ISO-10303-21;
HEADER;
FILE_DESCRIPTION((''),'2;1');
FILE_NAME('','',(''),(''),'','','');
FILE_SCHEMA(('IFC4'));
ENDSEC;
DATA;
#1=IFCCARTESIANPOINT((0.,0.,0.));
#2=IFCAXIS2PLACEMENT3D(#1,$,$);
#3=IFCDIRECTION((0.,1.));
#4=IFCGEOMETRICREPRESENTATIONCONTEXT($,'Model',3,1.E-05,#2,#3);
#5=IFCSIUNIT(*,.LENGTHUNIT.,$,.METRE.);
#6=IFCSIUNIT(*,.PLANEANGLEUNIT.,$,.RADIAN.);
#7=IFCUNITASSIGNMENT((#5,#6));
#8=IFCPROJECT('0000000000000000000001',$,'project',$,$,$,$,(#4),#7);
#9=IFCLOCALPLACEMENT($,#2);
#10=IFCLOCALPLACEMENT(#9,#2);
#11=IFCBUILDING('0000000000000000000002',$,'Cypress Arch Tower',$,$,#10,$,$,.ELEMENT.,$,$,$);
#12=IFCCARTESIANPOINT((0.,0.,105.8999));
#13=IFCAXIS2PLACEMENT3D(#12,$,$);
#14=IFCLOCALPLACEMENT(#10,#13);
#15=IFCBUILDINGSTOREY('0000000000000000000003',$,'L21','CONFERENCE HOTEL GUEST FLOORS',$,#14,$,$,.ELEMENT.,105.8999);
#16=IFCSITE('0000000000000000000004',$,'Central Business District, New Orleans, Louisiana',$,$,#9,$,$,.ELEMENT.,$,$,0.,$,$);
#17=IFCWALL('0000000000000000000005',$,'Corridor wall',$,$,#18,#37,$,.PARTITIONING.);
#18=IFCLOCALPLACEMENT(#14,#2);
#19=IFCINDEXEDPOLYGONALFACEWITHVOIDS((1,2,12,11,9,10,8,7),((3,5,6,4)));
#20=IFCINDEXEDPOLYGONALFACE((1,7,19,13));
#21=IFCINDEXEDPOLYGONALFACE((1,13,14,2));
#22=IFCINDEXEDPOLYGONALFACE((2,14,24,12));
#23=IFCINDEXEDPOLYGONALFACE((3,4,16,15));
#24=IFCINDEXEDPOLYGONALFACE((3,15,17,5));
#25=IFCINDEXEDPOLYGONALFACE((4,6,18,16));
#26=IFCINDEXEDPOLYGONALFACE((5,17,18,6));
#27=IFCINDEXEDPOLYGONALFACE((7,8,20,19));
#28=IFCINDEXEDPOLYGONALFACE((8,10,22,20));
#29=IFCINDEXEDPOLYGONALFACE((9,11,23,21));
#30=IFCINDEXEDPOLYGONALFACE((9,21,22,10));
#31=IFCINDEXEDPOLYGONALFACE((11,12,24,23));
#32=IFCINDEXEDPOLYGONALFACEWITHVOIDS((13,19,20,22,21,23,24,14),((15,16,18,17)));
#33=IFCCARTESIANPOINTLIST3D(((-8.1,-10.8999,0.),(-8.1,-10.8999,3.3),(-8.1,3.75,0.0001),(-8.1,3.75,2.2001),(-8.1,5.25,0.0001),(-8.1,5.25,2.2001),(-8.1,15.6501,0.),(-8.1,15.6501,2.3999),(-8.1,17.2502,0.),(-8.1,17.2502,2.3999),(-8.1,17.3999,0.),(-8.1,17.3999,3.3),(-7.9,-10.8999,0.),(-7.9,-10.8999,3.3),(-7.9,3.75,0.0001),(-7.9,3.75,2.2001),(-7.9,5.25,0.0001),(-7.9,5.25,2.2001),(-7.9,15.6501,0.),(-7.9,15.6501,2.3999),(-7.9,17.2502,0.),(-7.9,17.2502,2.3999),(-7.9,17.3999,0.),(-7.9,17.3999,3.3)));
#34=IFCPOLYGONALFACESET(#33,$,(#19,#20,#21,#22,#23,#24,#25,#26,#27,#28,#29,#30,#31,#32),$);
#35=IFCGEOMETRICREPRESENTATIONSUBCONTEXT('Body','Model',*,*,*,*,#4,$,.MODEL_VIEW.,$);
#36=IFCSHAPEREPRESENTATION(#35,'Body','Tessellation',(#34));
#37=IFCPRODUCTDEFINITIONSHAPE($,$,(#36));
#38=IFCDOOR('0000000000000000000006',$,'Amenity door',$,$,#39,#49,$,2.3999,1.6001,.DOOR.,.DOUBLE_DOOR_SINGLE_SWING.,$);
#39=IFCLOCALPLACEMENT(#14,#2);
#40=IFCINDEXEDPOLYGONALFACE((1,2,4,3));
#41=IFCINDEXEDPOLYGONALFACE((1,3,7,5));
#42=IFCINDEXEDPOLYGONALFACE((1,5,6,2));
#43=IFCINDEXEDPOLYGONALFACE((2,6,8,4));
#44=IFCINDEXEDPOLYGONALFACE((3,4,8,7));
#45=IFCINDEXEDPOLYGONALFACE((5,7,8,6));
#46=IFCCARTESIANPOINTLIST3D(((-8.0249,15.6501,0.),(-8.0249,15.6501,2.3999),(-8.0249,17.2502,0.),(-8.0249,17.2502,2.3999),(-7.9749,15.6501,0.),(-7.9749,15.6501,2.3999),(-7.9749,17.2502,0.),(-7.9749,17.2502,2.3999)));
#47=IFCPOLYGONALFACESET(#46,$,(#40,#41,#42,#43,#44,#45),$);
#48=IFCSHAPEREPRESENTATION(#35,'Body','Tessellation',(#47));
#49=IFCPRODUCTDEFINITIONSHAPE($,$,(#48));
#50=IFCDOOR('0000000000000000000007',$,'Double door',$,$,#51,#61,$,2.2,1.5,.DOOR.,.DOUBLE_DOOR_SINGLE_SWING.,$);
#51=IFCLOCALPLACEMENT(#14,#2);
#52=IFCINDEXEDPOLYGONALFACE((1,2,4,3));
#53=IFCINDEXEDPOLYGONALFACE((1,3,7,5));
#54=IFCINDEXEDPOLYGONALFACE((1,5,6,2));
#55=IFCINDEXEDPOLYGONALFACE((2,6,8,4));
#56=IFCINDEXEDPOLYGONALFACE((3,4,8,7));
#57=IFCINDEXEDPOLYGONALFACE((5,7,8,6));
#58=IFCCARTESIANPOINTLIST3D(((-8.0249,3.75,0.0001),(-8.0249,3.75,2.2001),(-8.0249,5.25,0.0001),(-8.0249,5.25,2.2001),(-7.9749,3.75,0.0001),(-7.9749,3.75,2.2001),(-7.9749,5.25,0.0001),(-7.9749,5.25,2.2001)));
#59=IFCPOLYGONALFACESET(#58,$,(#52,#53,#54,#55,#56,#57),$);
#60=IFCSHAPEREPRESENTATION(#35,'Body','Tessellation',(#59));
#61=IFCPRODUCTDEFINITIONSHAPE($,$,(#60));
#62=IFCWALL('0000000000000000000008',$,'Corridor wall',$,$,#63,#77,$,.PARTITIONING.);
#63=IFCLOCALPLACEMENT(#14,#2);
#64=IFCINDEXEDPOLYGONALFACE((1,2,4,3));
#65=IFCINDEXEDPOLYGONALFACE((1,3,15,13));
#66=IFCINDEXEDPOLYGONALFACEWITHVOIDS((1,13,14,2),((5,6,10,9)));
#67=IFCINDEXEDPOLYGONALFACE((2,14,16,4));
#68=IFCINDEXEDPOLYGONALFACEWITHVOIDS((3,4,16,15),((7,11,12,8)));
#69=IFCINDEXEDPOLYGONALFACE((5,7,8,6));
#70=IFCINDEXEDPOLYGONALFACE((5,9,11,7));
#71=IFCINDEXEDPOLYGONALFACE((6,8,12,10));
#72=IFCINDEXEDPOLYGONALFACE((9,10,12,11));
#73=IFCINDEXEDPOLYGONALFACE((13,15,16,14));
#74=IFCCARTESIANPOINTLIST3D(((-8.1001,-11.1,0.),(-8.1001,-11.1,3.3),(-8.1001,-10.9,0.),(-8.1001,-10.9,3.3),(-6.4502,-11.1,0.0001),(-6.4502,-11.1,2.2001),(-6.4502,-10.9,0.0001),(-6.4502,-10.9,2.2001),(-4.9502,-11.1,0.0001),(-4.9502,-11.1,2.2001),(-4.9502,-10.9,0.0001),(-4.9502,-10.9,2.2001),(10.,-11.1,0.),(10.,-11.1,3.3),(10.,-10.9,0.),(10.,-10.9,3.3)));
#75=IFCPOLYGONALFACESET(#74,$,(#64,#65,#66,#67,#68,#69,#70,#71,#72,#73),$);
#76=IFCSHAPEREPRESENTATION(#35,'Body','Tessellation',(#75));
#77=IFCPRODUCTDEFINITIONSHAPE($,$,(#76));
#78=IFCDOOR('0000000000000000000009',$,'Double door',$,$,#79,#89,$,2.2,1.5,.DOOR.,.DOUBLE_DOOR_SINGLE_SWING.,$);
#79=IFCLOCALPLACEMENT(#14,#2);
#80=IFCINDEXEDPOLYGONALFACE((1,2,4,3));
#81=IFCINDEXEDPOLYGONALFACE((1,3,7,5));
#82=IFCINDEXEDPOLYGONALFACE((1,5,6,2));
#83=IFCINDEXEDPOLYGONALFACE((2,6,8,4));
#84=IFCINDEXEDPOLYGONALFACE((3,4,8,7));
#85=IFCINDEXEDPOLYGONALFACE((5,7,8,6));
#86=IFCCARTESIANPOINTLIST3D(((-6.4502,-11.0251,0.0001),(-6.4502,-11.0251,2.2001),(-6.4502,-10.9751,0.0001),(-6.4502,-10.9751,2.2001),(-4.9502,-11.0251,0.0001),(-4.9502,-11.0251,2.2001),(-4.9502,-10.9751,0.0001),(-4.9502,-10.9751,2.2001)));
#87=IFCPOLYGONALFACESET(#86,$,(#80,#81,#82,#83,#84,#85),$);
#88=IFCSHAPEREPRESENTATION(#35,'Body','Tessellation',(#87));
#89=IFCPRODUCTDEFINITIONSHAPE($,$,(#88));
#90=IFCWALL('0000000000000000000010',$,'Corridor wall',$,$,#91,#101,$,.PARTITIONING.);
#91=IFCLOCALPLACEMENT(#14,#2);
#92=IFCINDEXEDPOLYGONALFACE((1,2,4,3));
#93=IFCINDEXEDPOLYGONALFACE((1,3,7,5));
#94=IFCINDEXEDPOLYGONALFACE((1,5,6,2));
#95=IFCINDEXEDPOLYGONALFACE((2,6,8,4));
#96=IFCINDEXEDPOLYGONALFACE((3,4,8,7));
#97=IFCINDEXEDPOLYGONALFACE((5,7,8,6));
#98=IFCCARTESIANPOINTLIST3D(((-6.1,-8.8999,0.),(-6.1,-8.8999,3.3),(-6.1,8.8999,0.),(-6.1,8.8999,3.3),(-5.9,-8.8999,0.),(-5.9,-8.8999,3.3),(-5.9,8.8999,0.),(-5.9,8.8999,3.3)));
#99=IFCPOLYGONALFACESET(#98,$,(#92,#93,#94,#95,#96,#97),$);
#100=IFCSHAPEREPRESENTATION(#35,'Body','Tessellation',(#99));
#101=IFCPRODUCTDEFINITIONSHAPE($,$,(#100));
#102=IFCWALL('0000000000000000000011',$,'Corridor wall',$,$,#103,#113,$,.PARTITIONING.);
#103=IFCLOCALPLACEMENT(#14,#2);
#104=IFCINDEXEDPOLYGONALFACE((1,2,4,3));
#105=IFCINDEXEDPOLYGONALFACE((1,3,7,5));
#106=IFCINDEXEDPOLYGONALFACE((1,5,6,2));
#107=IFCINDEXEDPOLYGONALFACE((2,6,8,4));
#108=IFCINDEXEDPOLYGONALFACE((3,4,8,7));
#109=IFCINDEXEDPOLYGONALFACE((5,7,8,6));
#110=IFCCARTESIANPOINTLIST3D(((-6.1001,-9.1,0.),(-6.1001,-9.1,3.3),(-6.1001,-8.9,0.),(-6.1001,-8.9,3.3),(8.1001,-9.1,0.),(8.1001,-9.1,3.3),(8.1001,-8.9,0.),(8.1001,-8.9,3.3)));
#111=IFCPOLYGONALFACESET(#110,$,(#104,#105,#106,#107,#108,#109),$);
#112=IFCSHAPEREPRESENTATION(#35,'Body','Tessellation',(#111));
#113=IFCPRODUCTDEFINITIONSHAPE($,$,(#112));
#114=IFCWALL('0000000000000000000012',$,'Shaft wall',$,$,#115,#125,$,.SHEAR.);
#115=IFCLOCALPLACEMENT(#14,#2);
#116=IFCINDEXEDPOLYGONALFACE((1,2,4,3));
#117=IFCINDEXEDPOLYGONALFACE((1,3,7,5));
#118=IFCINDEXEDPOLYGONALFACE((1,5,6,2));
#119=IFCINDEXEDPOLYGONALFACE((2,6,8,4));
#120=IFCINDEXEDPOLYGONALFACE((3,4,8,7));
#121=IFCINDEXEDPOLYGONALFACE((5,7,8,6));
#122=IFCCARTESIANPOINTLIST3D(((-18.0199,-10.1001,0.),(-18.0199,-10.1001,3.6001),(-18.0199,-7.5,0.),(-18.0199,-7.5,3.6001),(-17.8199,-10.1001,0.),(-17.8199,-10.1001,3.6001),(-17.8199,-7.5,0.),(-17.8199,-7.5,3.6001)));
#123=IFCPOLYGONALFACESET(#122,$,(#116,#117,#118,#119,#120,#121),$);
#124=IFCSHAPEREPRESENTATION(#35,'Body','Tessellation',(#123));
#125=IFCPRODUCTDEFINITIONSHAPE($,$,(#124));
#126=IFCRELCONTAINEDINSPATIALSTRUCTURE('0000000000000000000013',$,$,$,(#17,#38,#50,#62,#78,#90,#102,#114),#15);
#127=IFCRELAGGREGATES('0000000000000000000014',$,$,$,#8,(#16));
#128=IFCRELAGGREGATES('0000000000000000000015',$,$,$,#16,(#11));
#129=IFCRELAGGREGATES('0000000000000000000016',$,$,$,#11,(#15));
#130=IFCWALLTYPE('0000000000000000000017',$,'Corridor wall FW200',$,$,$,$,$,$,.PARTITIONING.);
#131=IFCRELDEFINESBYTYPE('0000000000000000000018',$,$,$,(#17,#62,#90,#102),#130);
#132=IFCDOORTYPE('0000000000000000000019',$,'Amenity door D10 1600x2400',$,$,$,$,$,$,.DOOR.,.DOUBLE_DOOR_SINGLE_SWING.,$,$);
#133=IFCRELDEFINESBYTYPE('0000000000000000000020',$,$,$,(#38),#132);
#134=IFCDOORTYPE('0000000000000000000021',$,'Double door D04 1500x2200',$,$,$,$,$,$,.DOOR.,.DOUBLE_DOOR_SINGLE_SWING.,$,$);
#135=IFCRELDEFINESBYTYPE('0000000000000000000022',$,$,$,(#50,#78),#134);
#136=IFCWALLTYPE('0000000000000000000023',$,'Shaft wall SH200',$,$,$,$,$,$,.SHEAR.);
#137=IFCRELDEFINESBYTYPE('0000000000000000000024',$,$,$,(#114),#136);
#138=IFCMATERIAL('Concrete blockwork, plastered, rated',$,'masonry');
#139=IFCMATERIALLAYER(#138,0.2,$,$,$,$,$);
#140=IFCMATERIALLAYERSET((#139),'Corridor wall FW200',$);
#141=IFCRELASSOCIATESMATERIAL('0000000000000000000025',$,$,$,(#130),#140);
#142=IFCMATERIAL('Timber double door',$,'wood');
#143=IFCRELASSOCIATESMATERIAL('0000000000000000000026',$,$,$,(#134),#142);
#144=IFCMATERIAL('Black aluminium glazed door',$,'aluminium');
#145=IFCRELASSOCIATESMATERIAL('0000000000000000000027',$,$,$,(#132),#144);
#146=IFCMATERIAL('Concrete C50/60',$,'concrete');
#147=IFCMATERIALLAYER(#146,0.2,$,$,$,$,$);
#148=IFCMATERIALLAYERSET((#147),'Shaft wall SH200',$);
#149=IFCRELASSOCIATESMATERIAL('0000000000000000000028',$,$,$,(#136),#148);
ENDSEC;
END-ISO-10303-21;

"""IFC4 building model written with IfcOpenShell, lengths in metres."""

from ifc_helpers import new_model, si_unit, direction, frame, frame_2d, origin, place, context, subcontext, project, spatial, rectangle, extrude, material, layer, layer_set, type_object, element, fill, save


model = new_model("IFC4")

# Units and contexts
model_context = context("Model", 3, precision=1e-05, world=origin(), true_north=direction((0.0, 1.0)))
body_context = subcontext(model_context, "Body", "Model", "MODEL_VIEW")
ifc_project = project(units=[si_unit("LENGTHUNIT", "METRE"), si_unit("PLANEANGLEUNIT", "RADIAN")], contexts=[model_context])

# Site, building, storey
site_placement = place(None, origin())
site = spatial("IfcSite", under=ifc_project, at=site_placement, Name="Central Business District, New Orleans, Louisiana", CompositionType="ELEMENT", RefElevation=0.0)
building_placement = place(site_placement, origin())
building = spatial("IfcBuilding", under=site, at=building_placement, Name="Cypress Arch Tower", CompositionType="ELEMENT")
storey_placement = place(building_placement, frame((0.0, 0.0, 105.8999)))
storey = spatial("IfcBuildingStorey", under=building, at=storey_placement, Name="L21", Description="CONFERENCE HOTEL GUEST FLOORS", CompositionType="ELEMENT", Elevation=105.8999)

# Wall, openings, doors
ifc_material_1 = material(Name="Concrete blockwork, plastered, rated", Category="masonry")
ifc_layer_1 = layer(ifc_material_1, 0.2)
ifc_layer_set_1 = layer_set([ifc_layer_1], Name="Corridor wall FW200")
wall_type_1 = type_object("IfcWallType", Name="Corridor wall FW200", PredefinedType="PARTITIONING", material=ifc_layer_set_1)
ifc_material_2 = material(Name="Timber double door", Category="wood")
door_type_1 = type_object("IfcDoorType", Name="Double door D04 1500x2200", OperationType="DOUBLE_DOOR_SINGLE_SWING", PredefinedType="DOOR", material=ifc_material_2)
wall_1_placement = place(storey_placement, frame((-8.0, -10.8999, 0.0), z_axis=(0.0, 0.0, 1.0), x_axis=(0.0, 1.0, 0.0)))
wall_1 = element("IfcWall", 1, at=wall_1_placement, inside=storey, type_object=wall_type_1, Name="Corridor wall", PredefinedType="PARTITIONING", context=body_context, shape_type="SweptSolid", body=[
    extrude(rectangle(XDim=28.2998, YDim=0.2, at=frame_2d((14.1499, 0.0))), origin(), (0.0, 0.0, 1.0), 3.3),
])
opening_1_placement = place(wall_1_placement, frame((14.6499, 0.0, 0.0)))
opening_1 = element("IfcOpeningElement", 2, at=opening_1_placement, cuts=wall_1, PredefinedType="OPENING", context=body_context, shape_type="SweptSolid", body=[
    extrude(rectangle(XDim=1.5, YDim=2.2, at=frame_2d((0.75, 1.1001))), frame((0.0, 0.1099, 0.0), z_axis=(0.0, -1.0, 0.0), x_axis=(1.0, 0.0, 0.0)), (0.0, 0.0, 1.0), 0.22),
])
opening_2_placement = place(wall_1_placement, frame((26.55, 0.0, 0.0)))
opening_2 = element("IfcOpeningElement", 3, at=opening_2_placement, cuts=wall_1, PredefinedType="OPENING", context=body_context, shape_type="SweptSolid", body=[
    extrude(rectangle(XDim=1.6001, YDim=2.3999, at=frame_2d((0.8, 1.2))), frame((0.0, 0.1099, 0.0), z_axis=(0.0, -1.0, 0.0), x_axis=(1.0, 0.0, 0.0)), (0.0, 0.0, 1.0), 0.22),
])
ifc_material_3 = material(Name="Black aluminium glazed door", Category="aluminium")
door_type_2 = type_object("IfcDoorType", Name="Amenity door D10 1600x2400", OperationType="DOUBLE_DOOR_SINGLE_SWING", PredefinedType="DOOR", material=ifc_material_3)
door_1_placement = place(opening_2_placement, origin())
door_1 = element("IfcDoor", 4, at=door_1_placement, inside=storey, type_object=door_type_2, Name="Amenity door", OperationType="DOUBLE_DOOR_SINGLE_SWING", OverallHeight=2.3999, OverallWidth=1.6001, PredefinedType="DOOR", context=body_context, shape_type="SweptSolid", body=[
    extrude(rectangle(XDim=1.6001, YDim=2.3999, at=frame_2d((0.8, 1.2))), frame((0.0, 0.0249, 0.0), z_axis=(0.0, -1.0, 0.0), x_axis=(1.0, 0.0, 0.0)), (0.0, 0.0, 1.0), 0.05),
])
fill(opening_2, door_1)
door_2_placement = place(opening_1_placement, origin())
door_2 = element("IfcDoor", 5, at=door_2_placement, inside=storey, type_object=door_type_1, Name="Double door", OperationType="DOUBLE_DOOR_SINGLE_SWING", OverallHeight=2.2, OverallWidth=1.5, PredefinedType="DOOR", context=body_context, shape_type="SweptSolid", body=[
    extrude(rectangle(XDim=1.5, YDim=2.2, at=frame_2d((0.75, 1.1001))), frame((0.0, 0.0249, 0.0), z_axis=(0.0, -1.0, 0.0), x_axis=(1.0, 0.0, 0.0)), (0.0, 0.0, 1.0), 0.05),
])
fill(opening_1, door_2)

# Wall, opening, door
wall_2_placement = place(storey_placement, frame((-8.1001, -11.0, 0.0), z_axis=(0.0, 0.0, 1.0), x_axis=(1.0, 0.0, 0.0)))
wall_2 = element("IfcWall", 6, at=wall_2_placement, inside=storey, type_object=wall_type_1, Name="Corridor wall", PredefinedType="PARTITIONING", context=body_context, shape_type="SweptSolid", body=[
    extrude(rectangle(XDim=18.1001, YDim=0.2, at=frame_2d((9.05, 0.0))), origin(), (0.0, 0.0, 1.0), 3.3),
])
opening_3_placement = place(wall_2_placement, frame((1.6499, 0.0, 0.0)))
opening_3 = element("IfcOpeningElement", 7, at=opening_3_placement, cuts=wall_2, PredefinedType="OPENING", context=body_context, shape_type="SweptSolid", body=[
    extrude(rectangle(XDim=1.5, YDim=2.2, at=frame_2d((0.75, 1.1001))), frame((0.0, 0.1099, 0.0), z_axis=(0.0, -1.0, 0.0), x_axis=(1.0, 0.0, 0.0)), (0.0, 0.0, 1.0), 0.22),
])
door_3_placement = place(opening_3_placement, origin())
door_3 = element("IfcDoor", 8, at=door_3_placement, inside=storey, type_object=door_type_1, Name="Double door", OperationType="DOUBLE_DOOR_SINGLE_SWING", OverallHeight=2.2, OverallWidth=1.5, PredefinedType="DOOR", context=body_context, shape_type="SweptSolid", body=[
    extrude(rectangle(XDim=1.5, YDim=2.2, at=frame_2d((0.75, 1.1001))), frame((0.0, 0.0249, 0.0), z_axis=(0.0, -1.0, 0.0), x_axis=(1.0, 0.0, 0.0)), (0.0, 0.0, 1.0), 0.05),
])
fill(opening_3, door_3)

# Walls
wall_3_placement = place(storey_placement, frame((-6.0, -8.8999, 0.0), z_axis=(0.0, 0.0, 1.0), x_axis=(0.0, 1.0, 0.0)))
element("IfcWall", 9, at=wall_3_placement, inside=storey, type_object=wall_type_1, Name="Corridor wall", PredefinedType="PARTITIONING", context=body_context, shape_type="SweptSolid", body=[
    extrude(rectangle(XDim=17.7998, YDim=0.2, at=frame_2d((8.8999, 0.0))), origin(), (0.0, 0.0, 1.0), 3.3),
])
wall_4_placement = place(storey_placement, frame((-6.1001, -9.0, 0.0), z_axis=(0.0, 0.0, 1.0), x_axis=(1.0, 0.0, 0.0)))
element("IfcWall", 10, at=wall_4_placement, inside=storey, type_object=wall_type_1, Name="Corridor wall", PredefinedType="PARTITIONING", context=body_context, shape_type="SweptSolid", body=[
    extrude(rectangle(XDim=14.2002, YDim=0.2, at=frame_2d((7.1001, 0.0))), origin(), (0.0, 0.0, 1.0), 3.3),
])
ifc_material_4 = material(Name="Concrete C50/60", Category="concrete")
ifc_layer_2 = layer(ifc_material_4, 0.2)
ifc_layer_set_2 = layer_set([ifc_layer_2], Name="Shaft wall SH200")
wall_type_2 = type_object("IfcWallType", Name="Shaft wall SH200", PredefinedType="SHEAR", material=ifc_layer_set_2)
wall_5_placement = place(storey_placement, frame((-17.9199, -10.1001, 0.0), z_axis=(0.0, 0.0, 1.0), x_axis=(0.0, 1.0, 0.0)))
element("IfcWall", 11, at=wall_5_placement, inside=storey, type_object=wall_type_2, Name="Shaft wall", PredefinedType="SHEAR", context=body_context, shape_type="SweptSolid", body=[
    extrude(rectangle(XDim=2.6001, YDim=0.2, at=frame_2d((1.3, 0.0))), origin(), (0.0, 0.0, 1.0), 3.6001),
])

save(model, "model.ifc")
